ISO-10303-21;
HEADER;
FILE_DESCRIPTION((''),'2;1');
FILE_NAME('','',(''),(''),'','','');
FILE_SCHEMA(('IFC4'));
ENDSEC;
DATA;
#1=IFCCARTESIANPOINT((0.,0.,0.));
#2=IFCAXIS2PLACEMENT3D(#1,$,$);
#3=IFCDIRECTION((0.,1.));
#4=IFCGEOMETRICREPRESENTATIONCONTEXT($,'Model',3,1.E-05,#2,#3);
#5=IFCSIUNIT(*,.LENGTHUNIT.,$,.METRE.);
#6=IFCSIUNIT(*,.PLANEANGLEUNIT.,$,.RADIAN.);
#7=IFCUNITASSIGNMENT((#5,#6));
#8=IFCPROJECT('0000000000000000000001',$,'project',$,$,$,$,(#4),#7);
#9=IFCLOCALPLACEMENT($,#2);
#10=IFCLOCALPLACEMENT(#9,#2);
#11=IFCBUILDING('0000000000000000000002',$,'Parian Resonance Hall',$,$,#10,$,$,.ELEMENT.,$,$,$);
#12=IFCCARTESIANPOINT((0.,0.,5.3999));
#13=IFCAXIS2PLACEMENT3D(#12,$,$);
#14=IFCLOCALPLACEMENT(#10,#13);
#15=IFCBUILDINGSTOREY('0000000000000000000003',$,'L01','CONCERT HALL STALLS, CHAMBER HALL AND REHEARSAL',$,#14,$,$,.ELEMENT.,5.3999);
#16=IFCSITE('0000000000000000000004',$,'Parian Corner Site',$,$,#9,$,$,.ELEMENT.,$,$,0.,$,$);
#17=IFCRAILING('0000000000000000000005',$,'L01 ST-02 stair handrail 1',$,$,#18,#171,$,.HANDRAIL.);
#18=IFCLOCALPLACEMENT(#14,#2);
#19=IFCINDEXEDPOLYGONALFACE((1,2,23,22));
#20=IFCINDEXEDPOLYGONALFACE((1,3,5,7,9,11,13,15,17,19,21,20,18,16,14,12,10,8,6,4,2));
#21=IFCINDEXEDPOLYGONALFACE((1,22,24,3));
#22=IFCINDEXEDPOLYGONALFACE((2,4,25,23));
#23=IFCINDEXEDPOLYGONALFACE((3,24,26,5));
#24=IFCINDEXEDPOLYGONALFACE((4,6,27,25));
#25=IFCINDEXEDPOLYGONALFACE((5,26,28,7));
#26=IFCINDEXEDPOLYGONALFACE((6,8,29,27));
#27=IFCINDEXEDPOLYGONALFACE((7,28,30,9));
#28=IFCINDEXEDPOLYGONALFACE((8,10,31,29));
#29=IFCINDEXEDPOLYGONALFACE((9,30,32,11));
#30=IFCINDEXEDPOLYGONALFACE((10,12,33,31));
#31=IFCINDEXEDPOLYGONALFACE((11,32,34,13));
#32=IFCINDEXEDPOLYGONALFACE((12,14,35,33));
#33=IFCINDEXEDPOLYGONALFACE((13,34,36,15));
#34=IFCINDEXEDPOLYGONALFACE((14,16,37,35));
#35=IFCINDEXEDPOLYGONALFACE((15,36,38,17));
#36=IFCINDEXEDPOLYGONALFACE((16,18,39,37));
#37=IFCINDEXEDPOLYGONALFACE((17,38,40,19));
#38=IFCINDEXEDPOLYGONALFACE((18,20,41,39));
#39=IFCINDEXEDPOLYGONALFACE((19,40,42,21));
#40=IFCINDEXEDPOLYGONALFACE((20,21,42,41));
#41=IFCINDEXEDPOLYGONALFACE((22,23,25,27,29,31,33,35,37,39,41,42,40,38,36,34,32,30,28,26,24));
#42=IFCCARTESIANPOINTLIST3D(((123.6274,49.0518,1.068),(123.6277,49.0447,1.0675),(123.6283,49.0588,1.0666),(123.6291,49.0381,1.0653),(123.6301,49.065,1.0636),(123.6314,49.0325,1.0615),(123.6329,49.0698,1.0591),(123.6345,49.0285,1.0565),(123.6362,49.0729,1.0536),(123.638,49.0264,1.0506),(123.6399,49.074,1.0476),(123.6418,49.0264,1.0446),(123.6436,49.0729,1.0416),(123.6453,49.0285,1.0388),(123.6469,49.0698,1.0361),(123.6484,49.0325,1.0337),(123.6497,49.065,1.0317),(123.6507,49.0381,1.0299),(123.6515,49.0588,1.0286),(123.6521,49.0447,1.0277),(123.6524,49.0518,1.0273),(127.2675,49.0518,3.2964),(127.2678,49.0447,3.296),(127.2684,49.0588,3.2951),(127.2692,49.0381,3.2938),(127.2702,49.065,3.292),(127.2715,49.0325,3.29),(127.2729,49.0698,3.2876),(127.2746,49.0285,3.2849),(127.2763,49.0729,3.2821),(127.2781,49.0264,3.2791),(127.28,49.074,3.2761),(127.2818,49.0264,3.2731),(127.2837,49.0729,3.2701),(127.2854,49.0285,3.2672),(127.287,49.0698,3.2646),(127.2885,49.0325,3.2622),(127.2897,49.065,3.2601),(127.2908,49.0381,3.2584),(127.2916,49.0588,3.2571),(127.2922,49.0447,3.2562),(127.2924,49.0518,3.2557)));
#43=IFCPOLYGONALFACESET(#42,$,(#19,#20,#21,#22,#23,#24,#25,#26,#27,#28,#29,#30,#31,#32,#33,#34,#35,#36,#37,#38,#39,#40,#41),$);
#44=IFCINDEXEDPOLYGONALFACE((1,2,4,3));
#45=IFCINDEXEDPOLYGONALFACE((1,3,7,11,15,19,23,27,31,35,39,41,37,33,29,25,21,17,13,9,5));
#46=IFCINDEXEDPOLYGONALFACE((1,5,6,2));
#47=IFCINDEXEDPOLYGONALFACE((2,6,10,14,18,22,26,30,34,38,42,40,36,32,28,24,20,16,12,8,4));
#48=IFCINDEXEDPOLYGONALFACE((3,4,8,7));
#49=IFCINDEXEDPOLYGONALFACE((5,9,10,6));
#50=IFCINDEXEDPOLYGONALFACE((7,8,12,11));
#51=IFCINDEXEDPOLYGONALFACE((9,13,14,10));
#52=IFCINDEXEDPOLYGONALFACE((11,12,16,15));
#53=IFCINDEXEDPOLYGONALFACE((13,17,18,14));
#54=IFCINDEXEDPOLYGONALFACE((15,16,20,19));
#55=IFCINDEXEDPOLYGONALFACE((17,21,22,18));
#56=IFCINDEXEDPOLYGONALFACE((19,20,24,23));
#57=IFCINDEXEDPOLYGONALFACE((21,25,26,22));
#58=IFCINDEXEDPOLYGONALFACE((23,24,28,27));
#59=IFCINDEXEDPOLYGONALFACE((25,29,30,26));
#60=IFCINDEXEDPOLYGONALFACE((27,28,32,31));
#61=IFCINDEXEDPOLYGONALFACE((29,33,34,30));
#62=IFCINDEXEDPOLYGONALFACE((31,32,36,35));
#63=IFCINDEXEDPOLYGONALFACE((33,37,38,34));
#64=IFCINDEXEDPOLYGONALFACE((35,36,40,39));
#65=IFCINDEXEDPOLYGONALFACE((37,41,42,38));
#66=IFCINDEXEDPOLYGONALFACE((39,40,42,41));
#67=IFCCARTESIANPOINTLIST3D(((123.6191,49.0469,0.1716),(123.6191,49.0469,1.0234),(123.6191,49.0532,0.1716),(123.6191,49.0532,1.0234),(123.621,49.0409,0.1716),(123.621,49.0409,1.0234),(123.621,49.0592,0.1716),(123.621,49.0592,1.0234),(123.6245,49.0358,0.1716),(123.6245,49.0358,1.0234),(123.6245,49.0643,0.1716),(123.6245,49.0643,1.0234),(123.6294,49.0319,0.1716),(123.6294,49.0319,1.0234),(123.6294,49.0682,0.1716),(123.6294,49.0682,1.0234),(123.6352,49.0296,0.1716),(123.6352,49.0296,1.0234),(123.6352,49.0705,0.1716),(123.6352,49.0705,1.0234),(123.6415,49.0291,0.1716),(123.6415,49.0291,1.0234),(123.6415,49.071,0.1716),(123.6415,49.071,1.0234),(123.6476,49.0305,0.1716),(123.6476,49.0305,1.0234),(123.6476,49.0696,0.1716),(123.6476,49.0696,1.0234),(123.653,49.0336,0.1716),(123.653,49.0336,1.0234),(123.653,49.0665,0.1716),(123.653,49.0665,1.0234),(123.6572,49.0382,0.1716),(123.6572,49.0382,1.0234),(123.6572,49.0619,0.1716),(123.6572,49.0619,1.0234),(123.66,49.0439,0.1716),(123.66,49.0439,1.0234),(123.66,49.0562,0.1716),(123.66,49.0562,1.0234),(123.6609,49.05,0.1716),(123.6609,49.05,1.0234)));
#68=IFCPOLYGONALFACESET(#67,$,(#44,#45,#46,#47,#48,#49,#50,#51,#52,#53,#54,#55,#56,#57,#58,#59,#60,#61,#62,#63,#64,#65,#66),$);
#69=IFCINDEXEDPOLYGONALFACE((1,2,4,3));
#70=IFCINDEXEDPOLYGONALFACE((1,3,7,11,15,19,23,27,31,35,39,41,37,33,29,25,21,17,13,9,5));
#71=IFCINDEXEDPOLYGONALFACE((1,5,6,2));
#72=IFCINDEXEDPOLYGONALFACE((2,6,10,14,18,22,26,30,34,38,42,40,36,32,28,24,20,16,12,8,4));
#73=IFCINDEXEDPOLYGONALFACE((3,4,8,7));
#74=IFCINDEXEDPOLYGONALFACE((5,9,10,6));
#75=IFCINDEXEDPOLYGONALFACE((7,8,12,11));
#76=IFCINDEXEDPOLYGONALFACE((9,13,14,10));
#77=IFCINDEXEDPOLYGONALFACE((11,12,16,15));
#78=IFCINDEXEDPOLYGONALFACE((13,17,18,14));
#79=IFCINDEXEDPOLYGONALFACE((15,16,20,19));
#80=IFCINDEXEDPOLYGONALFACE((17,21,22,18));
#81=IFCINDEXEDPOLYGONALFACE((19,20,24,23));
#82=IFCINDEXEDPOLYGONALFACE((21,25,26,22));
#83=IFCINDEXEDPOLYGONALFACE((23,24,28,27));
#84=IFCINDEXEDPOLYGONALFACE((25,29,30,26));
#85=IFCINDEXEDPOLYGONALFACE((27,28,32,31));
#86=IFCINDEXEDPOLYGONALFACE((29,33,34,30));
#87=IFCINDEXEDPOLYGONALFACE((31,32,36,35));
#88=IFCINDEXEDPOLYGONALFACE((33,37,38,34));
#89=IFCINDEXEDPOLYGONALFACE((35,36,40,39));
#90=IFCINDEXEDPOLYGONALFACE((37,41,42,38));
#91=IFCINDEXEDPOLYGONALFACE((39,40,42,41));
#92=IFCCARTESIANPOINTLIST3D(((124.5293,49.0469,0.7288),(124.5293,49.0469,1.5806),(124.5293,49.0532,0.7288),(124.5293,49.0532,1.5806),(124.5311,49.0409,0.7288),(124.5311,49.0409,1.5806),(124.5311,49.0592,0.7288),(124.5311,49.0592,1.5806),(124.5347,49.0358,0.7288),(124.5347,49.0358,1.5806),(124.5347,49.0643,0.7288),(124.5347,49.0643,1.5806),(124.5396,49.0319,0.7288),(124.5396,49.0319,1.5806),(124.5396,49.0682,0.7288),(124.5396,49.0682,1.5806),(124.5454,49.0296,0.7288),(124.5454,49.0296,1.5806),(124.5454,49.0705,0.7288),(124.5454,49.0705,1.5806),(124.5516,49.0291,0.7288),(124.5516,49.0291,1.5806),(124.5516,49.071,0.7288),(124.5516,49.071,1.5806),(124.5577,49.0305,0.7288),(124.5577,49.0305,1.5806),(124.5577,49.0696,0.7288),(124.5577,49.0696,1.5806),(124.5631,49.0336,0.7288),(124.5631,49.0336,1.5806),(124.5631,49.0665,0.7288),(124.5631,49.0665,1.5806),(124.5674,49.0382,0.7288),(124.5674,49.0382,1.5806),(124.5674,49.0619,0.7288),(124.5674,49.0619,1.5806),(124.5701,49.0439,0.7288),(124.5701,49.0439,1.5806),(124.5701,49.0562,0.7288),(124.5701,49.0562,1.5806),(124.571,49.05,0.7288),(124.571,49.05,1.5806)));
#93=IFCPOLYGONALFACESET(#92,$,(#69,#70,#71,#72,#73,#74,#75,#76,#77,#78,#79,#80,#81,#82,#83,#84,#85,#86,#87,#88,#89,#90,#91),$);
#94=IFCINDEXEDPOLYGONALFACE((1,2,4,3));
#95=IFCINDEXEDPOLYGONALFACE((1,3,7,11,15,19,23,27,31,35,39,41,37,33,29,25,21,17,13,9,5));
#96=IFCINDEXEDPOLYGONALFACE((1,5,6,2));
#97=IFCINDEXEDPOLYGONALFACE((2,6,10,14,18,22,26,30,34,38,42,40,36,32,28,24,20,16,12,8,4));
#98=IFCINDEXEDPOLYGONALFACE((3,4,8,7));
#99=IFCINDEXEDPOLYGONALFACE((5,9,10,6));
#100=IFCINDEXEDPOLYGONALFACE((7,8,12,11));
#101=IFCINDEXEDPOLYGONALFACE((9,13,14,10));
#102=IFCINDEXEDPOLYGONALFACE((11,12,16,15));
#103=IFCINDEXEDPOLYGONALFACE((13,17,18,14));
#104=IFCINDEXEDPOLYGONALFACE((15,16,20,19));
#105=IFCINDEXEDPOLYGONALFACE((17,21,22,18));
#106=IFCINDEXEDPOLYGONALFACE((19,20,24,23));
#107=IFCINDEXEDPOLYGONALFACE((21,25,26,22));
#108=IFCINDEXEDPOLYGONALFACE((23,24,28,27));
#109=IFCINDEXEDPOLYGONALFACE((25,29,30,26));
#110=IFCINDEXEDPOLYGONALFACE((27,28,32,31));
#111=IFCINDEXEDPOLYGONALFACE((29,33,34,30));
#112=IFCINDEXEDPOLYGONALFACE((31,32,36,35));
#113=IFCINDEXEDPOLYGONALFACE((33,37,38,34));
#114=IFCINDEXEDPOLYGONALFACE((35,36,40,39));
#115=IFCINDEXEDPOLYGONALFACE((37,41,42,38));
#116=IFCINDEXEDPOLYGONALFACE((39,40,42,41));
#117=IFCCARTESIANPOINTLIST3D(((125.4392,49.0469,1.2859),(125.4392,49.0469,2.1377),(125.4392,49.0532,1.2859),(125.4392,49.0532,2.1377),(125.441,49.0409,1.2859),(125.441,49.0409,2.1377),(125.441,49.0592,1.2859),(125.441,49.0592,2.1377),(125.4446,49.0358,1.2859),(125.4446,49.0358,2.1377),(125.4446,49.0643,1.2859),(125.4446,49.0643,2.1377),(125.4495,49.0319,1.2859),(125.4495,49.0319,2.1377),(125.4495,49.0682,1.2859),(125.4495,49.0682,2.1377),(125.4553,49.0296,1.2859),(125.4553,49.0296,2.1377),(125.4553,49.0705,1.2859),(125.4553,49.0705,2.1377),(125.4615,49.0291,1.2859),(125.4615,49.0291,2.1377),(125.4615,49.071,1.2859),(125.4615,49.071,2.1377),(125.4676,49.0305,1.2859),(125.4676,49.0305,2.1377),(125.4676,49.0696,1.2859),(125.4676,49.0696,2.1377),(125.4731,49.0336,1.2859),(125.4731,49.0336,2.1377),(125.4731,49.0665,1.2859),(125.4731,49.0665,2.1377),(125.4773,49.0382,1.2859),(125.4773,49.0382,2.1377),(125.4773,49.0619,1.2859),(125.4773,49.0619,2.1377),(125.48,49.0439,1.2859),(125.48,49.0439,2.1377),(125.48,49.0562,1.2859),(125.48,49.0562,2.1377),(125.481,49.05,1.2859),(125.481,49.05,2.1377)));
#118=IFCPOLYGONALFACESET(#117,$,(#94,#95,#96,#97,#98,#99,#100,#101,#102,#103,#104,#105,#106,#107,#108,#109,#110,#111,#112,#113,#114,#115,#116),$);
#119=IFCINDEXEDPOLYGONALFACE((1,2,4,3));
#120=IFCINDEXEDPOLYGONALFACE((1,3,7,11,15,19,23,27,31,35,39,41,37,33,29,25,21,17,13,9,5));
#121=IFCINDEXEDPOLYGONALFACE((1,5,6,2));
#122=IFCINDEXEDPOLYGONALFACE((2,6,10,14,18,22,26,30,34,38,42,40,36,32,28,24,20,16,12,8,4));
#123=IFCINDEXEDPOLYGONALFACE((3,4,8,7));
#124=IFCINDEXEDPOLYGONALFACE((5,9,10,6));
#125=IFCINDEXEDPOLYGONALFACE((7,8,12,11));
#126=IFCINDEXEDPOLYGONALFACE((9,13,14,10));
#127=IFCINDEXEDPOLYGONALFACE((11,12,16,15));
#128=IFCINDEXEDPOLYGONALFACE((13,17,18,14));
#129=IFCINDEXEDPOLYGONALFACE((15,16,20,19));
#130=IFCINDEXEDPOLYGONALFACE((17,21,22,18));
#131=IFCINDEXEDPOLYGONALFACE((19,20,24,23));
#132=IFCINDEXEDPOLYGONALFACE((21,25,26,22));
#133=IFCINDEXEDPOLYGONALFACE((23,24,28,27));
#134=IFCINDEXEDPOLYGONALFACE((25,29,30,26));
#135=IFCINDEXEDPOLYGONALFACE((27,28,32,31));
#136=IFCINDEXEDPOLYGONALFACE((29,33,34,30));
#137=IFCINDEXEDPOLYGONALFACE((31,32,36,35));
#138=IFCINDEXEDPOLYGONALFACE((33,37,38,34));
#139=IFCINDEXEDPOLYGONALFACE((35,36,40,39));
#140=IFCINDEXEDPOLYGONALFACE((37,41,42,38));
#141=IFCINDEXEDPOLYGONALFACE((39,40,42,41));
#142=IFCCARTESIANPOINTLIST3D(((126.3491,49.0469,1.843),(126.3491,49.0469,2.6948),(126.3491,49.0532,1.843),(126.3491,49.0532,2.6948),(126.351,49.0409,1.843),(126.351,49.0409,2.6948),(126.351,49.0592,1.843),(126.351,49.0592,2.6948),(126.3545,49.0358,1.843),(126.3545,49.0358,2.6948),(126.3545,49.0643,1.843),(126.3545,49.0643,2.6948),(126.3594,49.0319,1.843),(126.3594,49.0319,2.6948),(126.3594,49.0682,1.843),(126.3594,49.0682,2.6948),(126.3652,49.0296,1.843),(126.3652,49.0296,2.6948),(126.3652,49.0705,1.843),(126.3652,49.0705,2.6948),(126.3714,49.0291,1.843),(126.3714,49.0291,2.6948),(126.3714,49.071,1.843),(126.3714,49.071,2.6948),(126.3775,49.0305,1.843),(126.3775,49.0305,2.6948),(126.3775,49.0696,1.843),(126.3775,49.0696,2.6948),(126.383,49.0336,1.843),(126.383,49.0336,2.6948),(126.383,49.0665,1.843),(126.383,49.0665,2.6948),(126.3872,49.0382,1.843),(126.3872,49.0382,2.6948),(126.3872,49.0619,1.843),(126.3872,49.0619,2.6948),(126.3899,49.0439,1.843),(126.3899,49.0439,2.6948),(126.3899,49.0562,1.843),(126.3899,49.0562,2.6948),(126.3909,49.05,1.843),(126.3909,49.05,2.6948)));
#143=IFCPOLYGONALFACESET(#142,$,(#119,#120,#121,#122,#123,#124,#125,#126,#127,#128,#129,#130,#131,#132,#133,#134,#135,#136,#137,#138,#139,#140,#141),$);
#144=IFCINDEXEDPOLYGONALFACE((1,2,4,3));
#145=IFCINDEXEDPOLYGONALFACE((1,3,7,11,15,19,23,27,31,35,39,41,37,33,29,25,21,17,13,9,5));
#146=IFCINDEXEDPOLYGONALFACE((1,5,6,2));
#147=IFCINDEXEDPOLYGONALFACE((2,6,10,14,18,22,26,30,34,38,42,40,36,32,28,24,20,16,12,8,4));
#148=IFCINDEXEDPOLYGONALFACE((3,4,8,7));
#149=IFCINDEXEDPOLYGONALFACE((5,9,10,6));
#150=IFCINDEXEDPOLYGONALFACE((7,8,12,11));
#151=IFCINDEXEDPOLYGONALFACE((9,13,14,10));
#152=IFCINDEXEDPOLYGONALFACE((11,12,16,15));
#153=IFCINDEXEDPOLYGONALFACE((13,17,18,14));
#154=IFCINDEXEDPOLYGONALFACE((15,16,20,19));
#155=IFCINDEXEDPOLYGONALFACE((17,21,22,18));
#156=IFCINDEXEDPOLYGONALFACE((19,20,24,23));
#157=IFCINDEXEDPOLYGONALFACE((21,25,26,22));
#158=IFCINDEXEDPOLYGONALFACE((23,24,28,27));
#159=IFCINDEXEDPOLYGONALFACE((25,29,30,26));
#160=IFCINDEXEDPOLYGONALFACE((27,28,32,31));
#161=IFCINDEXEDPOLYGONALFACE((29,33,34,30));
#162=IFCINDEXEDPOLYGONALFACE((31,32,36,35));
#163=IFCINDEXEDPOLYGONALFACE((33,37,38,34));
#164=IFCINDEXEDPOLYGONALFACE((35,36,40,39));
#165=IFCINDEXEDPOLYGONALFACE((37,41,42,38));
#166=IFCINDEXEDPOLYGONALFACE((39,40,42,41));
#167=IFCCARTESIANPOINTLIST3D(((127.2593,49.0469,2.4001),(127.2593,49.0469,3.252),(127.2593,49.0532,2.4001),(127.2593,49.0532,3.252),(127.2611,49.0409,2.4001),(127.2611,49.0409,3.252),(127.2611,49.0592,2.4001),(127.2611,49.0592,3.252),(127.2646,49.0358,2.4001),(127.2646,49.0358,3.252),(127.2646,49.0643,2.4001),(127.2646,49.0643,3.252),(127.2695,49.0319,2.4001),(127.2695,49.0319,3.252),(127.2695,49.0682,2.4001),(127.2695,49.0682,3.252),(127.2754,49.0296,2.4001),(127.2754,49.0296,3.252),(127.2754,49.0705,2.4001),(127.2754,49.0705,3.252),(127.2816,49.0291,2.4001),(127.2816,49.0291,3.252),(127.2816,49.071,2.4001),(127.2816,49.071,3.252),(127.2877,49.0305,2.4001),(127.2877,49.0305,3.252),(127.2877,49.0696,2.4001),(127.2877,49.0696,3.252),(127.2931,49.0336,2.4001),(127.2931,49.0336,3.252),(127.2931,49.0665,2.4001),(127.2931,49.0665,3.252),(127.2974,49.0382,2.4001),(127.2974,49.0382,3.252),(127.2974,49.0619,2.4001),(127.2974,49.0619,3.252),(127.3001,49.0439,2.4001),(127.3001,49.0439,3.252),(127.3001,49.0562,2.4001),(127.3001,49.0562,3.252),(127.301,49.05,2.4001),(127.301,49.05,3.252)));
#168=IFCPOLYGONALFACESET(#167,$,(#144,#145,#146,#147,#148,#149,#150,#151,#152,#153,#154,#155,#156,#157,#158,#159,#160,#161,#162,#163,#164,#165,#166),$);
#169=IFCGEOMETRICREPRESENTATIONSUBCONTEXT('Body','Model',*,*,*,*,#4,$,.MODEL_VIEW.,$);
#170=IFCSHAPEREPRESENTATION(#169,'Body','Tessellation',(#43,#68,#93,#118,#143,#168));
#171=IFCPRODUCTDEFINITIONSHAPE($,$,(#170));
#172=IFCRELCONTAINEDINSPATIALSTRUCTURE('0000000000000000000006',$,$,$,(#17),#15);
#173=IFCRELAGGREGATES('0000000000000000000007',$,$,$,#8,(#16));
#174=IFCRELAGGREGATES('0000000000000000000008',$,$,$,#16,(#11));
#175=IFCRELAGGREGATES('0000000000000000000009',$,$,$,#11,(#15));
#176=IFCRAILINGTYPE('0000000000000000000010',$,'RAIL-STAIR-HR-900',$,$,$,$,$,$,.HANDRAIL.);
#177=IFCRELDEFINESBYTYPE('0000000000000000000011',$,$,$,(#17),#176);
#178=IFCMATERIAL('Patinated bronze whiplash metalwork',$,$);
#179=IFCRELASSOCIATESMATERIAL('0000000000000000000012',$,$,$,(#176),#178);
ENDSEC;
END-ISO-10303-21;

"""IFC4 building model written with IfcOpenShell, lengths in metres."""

from ifc_helpers import new_model, si_unit, direction, frame, origin, origin_2d, place, context, subcontext, project, spatial, circle, extrude, material, type_object, element, save


model = new_model("IFC4")

# Units and contexts
model_context = context("Model", 3, precision=1e-05, world=origin(), true_north=direction((0.0, 1.0)))
body_context = subcontext(model_context, "Body", "Model", "MODEL_VIEW")
ifc_project = project(units=[si_unit("LENGTHUNIT", "METRE"), si_unit("PLANEANGLEUNIT", "RADIAN")], contexts=[model_context])

# Site, building, storey
site_placement = place(None, origin())
site = spatial("IfcSite", under=ifc_project, at=site_placement, Name="Parian Corner Site", CompositionType="ELEMENT", RefElevation=0.0)
building_placement = place(site_placement, origin())
building = spatial("IfcBuilding", under=site, at=building_placement, Name="Parian Resonance Hall", CompositionType="ELEMENT")
storey_placement = place(building_placement, frame((0.0, 0.0, 5.3999)))
storey = spatial("IfcBuildingStorey", under=building, at=storey_placement, Name="L01", Description="CONCERT HALL STALLS, CHAMBER HALL AND REHEARSAL", CompositionType="ELEMENT", Elevation=5.3999)

# Railing
ifc_material_1 = material(Name="Patinated bronze whiplash metalwork")
railing_type_1 = type_object("IfcRailingType", Name="RAIL-STAIR-HR-900", PredefinedType="HANDRAIL", material=ifc_material_1)
railing_1_placement = place(storey_placement, frame((123.6399, 49.05, 0.1716)))
element("IfcRailing", 1, at=railing_1_placement, inside=storey, type_object=railing_type_1, Name="L01 ST-02 stair handrail 1", PredefinedType="HANDRAIL", context=body_context, shape_type="SweptSolid", body=[
    extrude(circle(Radius=0.0239, at=origin_2d()), frame((0.0, 0.0, 0.876), z_axis=(0.852866, 0.0, 0.52213), x_axis=(0.0, 1.0, 0.0)), (0.0, 0.0, 1.0), 4.2681),
    extrude(circle(Radius=0.021, at=origin_2d()), origin(), (0.0, 0.0, 1.0), 0.8518),
    extrude(circle(Radius=0.021, at=origin_2d()), frame((0.9102, 0.0, 0.5571)), (0.0, 0.0, 1.0), 0.8518),
    extrude(circle(Radius=0.021, at=origin_2d()), frame((1.8201, 0.0, 1.1143)), (0.0, 0.0, 1.0), 0.8518),
    extrude(circle(Radius=0.021, at=origin_2d()), frame((2.73, 0.0, 1.6714)), (0.0, 0.0, 1.0), 0.8518),
    extrude(circle(Radius=0.021, at=origin_2d()), frame((3.6401, 0.0, 2.2285)), (0.0, 0.0, 1.0), 0.8518),
])

save(model, "model.ifc")
